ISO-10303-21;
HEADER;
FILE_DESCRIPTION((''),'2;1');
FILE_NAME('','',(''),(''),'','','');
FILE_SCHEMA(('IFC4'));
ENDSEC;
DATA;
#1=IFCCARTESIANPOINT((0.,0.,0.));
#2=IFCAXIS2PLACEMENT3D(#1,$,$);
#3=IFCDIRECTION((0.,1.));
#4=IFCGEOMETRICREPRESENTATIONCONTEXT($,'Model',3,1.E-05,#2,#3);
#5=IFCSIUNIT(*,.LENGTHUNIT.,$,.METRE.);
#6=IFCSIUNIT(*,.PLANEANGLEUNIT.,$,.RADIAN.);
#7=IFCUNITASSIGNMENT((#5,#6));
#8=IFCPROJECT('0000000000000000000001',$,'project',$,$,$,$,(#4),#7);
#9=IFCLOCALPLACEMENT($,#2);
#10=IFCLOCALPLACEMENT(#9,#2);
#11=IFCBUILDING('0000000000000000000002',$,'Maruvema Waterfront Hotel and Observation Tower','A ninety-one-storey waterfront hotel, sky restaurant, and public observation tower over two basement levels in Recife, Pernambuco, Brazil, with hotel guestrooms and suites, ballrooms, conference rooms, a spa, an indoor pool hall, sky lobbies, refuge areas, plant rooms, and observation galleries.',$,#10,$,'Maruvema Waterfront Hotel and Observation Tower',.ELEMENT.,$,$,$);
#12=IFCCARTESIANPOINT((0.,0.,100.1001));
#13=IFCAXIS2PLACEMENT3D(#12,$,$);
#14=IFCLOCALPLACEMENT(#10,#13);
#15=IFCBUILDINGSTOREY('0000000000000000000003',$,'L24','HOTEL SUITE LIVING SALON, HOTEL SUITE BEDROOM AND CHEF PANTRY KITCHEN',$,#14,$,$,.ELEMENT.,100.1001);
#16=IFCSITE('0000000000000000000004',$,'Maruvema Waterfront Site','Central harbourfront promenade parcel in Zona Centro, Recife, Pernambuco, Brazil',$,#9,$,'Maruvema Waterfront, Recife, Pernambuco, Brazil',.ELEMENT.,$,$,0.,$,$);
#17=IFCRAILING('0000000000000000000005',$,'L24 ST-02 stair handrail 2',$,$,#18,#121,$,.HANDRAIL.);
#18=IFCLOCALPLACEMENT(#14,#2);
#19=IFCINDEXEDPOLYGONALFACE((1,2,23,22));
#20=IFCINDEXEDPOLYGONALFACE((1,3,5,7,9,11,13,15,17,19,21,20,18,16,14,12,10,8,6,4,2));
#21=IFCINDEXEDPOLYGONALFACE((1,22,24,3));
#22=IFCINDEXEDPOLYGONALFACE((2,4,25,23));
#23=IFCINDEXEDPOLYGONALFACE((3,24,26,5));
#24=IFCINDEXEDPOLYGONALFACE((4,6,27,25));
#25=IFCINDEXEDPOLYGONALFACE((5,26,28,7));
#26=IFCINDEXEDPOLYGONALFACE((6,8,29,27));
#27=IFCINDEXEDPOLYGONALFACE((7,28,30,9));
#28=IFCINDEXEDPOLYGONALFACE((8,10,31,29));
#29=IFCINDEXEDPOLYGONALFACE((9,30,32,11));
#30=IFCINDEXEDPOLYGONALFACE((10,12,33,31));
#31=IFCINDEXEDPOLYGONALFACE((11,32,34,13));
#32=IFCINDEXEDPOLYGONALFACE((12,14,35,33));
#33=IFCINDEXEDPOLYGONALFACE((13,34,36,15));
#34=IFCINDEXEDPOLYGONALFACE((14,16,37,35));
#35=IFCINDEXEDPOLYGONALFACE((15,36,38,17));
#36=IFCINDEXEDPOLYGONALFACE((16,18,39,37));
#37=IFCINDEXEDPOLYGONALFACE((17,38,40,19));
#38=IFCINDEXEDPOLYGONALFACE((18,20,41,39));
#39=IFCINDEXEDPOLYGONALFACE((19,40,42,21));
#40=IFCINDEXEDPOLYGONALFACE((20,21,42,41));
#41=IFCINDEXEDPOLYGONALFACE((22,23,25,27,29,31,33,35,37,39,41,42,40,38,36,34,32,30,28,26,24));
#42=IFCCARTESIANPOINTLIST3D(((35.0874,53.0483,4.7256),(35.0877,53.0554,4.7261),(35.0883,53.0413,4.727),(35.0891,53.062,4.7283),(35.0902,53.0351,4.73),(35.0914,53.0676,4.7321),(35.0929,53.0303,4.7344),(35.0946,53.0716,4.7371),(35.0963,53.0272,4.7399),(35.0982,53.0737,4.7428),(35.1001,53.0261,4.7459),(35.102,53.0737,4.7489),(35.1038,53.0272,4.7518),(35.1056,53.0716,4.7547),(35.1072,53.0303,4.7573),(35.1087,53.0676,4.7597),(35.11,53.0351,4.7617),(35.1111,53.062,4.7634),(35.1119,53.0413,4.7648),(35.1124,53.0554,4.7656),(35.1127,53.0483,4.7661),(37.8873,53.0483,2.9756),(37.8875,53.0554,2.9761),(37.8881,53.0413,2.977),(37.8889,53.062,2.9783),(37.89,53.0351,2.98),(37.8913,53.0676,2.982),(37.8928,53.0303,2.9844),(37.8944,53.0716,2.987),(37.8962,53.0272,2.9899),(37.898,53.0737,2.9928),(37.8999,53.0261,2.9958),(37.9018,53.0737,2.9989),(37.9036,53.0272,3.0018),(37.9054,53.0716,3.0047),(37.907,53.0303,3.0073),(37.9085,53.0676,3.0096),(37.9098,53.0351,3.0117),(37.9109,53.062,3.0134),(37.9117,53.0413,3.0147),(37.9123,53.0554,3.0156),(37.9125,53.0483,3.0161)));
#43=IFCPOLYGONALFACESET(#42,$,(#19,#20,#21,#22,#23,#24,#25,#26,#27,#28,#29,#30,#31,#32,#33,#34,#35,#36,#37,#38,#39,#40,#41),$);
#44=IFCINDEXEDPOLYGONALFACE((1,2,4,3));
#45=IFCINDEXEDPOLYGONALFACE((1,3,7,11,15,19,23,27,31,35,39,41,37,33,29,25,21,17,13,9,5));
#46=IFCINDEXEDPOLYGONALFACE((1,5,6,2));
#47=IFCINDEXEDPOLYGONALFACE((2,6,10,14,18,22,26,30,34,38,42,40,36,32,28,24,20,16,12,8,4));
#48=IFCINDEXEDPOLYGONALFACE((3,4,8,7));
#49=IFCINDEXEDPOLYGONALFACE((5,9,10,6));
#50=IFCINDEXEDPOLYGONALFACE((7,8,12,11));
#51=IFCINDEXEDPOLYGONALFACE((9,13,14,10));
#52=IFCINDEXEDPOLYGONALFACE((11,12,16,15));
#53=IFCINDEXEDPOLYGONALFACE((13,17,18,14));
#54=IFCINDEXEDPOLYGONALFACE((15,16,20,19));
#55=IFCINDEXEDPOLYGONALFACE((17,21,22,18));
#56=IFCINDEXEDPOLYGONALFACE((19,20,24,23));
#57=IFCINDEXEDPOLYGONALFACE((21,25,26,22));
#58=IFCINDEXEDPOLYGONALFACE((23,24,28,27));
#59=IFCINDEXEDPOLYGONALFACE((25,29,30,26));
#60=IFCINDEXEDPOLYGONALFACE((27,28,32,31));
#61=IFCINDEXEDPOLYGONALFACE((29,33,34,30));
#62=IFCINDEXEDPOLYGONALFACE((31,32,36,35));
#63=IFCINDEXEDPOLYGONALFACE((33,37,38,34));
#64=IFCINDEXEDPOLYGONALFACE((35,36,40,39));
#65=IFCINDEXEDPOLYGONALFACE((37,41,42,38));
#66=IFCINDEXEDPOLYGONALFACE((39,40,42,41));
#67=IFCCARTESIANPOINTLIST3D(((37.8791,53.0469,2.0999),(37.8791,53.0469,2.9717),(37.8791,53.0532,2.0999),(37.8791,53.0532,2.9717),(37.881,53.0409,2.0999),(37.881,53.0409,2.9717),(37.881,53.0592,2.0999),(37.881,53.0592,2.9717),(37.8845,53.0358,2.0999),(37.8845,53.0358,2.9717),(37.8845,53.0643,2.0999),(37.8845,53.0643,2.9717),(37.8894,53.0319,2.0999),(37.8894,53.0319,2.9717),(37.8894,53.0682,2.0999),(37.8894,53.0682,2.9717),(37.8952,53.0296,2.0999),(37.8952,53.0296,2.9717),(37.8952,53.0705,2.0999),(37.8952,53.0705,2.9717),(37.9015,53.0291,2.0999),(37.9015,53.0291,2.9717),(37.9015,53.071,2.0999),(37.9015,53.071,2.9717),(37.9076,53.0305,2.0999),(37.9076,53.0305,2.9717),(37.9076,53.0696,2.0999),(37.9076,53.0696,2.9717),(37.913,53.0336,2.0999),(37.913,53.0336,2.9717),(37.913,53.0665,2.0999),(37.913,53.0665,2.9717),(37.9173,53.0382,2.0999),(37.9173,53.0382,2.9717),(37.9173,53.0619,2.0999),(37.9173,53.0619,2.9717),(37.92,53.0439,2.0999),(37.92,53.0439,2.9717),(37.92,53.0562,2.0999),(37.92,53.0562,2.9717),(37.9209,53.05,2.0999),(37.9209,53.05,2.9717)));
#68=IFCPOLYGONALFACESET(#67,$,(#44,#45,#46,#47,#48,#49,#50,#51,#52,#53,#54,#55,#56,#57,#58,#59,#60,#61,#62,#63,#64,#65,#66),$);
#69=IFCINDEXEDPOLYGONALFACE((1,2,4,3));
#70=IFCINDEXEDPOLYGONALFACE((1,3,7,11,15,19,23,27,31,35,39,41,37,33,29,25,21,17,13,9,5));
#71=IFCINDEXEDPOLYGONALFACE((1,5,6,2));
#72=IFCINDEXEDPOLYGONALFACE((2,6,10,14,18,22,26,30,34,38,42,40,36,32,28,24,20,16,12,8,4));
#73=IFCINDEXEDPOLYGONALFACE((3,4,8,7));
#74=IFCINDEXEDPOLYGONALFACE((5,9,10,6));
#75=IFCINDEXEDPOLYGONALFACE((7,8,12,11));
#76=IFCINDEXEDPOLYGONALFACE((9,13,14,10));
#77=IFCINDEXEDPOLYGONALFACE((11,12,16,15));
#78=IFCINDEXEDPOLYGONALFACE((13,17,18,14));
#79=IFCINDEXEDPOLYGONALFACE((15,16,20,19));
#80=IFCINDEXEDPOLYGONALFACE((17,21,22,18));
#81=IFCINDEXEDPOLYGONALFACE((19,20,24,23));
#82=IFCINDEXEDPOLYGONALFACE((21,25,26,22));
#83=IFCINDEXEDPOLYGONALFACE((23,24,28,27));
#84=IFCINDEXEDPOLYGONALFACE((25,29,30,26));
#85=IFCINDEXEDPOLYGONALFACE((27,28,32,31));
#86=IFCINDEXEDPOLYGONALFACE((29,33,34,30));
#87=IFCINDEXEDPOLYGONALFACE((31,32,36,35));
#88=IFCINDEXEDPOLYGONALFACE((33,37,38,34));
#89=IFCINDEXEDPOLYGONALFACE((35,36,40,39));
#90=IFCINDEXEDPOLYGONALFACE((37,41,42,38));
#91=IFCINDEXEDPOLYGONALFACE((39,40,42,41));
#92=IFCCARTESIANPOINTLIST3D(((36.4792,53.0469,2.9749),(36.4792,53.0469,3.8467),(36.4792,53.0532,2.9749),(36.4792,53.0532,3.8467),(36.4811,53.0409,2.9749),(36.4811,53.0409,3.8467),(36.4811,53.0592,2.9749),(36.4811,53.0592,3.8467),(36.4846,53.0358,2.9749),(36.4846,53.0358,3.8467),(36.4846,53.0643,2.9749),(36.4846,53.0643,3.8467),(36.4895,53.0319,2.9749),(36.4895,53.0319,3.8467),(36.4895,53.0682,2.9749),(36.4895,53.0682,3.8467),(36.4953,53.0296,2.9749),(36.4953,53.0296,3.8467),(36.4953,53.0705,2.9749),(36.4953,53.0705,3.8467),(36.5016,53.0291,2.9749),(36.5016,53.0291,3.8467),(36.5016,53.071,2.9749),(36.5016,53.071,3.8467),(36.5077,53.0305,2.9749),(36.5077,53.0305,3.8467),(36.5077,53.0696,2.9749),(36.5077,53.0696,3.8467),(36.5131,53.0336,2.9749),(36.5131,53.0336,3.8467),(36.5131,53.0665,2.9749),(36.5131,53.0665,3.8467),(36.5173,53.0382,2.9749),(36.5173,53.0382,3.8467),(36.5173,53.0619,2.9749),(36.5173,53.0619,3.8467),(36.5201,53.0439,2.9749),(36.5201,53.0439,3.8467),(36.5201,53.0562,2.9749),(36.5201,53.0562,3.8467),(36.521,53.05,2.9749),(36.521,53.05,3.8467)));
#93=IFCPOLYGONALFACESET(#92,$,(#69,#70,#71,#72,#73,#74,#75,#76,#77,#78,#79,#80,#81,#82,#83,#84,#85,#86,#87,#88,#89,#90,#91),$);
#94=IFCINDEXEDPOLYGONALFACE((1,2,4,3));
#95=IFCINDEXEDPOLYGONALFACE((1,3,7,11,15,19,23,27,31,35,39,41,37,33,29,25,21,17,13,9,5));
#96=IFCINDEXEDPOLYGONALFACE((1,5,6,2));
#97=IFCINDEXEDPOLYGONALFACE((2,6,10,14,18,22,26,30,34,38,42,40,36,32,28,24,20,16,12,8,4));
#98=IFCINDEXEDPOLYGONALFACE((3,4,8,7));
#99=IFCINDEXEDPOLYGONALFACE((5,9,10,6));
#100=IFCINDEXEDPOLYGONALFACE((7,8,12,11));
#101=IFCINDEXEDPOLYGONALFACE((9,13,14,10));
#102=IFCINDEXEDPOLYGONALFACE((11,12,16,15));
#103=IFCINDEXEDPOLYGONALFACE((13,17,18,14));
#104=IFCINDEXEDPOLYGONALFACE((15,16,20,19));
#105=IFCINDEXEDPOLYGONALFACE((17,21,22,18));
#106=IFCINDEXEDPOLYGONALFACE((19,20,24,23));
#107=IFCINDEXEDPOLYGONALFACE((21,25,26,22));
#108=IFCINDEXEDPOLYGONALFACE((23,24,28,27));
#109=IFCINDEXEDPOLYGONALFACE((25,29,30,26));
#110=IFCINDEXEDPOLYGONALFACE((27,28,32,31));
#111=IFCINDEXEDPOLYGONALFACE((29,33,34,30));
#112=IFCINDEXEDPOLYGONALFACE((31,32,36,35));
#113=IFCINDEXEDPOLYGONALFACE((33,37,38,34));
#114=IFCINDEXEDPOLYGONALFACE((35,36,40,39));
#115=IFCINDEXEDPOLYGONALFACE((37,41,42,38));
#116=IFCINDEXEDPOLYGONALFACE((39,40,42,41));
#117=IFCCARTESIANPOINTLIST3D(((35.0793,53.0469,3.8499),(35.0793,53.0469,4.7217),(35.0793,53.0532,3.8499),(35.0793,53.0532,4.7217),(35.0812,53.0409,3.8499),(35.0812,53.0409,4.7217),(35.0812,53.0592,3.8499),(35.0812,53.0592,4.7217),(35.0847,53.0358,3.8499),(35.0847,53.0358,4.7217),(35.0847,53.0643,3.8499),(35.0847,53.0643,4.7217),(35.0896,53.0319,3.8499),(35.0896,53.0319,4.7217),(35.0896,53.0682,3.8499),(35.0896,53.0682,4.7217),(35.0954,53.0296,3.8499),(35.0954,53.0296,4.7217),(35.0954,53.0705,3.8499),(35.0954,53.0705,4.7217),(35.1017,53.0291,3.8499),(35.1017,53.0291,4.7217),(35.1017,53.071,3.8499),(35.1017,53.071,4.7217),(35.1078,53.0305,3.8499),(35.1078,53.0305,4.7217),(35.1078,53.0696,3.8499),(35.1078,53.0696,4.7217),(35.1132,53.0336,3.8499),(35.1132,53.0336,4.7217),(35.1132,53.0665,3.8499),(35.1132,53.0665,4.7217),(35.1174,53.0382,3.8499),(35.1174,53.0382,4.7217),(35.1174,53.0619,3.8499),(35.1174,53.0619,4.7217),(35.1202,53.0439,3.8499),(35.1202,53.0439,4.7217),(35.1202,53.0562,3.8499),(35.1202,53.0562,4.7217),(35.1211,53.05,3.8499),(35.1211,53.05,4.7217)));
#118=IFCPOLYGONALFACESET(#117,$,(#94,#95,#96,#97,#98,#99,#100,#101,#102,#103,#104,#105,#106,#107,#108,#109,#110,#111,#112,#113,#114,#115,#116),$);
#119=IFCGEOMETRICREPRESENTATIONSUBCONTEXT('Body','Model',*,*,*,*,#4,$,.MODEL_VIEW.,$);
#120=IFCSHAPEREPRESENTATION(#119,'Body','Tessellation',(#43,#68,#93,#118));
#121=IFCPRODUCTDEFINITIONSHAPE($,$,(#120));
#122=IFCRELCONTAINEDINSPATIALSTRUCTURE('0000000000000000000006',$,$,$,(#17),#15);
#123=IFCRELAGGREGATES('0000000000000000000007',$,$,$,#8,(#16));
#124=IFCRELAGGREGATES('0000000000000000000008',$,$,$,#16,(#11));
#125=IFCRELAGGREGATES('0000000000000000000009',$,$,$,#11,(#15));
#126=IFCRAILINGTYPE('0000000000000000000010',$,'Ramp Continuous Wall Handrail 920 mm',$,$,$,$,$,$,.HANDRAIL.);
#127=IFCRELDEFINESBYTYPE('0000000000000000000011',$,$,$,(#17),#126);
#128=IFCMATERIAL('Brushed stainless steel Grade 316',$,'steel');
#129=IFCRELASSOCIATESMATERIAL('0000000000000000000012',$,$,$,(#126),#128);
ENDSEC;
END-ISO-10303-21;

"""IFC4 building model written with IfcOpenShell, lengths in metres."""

from ifc_helpers import new_model, si_unit, direction, frame, origin, origin_2d, place, context, subcontext, project, spatial, circle, extrude, material, type_object, element, save


model = new_model("IFC4")

# Units and contexts
model_context = context("Model", 3, precision=1e-05, world=origin(), true_north=direction((0.0, 1.0)))
body_context = subcontext(model_context, "Body", "Model", "MODEL_VIEW")
ifc_project = project(units=[si_unit("LENGTHUNIT", "METRE"), si_unit("PLANEANGLEUNIT", "RADIAN")], contexts=[model_context])

# Site, building, storey
site_placement = place(None, origin())
site = spatial("IfcSite", under=ifc_project, at=site_placement, Name="Maruvema Waterfront Site", Description="Central harbourfront promenade parcel in Zona Centro, Recife, Pernambuco, Brazil", LongName="Maruvema Waterfront, Recife, Pernambuco, Brazil", CompositionType="ELEMENT", RefElevation=0.0)
building_placement = place(site_placement, origin())
building = spatial("IfcBuilding", under=site, at=building_placement, Name="Maruvema Waterfront Hotel and Observation Tower", Description="A ninety-one-storey waterfront hotel, sky restaurant, and public observation tower over two basement levels in Recife, Pernambuco, Brazil, with hotel guestrooms and suites, ballrooms, conference rooms, a spa, an indoor pool hall, sky lobbies, refuge areas, plant rooms, and observation galleries.", LongName="Maruvema Waterfront Hotel and Observation Tower", CompositionType="ELEMENT")
storey_placement = place(building_placement, frame((0.0, 0.0, 100.1001)))
storey = spatial("IfcBuildingStorey", under=building, at=storey_placement, Name="L24", Description="HOTEL SUITE LIVING SALON, HOTEL SUITE BEDROOM AND CHEF PANTRY KITCHEN", CompositionType="ELEMENT", Elevation=100.1001)

# Railing
ifc_material_1 = material(Name="Brushed stainless steel Grade 316", Category="steel")
railing_type_1 = type_object("IfcRailingType", Name="Ramp Continuous Wall Handrail 920 mm", PredefinedType="HANDRAIL", material=ifc_material_1)
railing_1_placement = place(storey_placement, frame((37.8999, 53.05, 2.0999)))
element("IfcRailing", 1, at=railing_1_placement, inside=storey, type_object=railing_type_1, Name="L24 ST-02 stair handrail 2", PredefinedType="HANDRAIL", context=body_context, shape_type="SweptSolid", body=[
    extrude(circle(Radius=0.0239, at=origin_2d()), frame((0.0, 0.0, 0.896), z_axis=(-0.847982, 0.0, 0.530026), x_axis=(0.0, -1.0, 0.0)), (0.0, 0.0, 1.0), 3.3018),
    extrude(circle(Radius=0.021, at=origin_2d()), origin(), (0.0, 0.0, 1.0), 0.8718),
    extrude(circle(Radius=0.021, at=origin_2d()), frame((-1.3999, 0.0, 0.875)), (0.0, 0.0, 1.0), 0.8718),
    extrude(circle(Radius=0.021, at=origin_2d()), frame((-2.7998, 0.0, 1.75)), (0.0, 0.0, 1.0), 0.8718),
])

save(model, "model.ifc")
